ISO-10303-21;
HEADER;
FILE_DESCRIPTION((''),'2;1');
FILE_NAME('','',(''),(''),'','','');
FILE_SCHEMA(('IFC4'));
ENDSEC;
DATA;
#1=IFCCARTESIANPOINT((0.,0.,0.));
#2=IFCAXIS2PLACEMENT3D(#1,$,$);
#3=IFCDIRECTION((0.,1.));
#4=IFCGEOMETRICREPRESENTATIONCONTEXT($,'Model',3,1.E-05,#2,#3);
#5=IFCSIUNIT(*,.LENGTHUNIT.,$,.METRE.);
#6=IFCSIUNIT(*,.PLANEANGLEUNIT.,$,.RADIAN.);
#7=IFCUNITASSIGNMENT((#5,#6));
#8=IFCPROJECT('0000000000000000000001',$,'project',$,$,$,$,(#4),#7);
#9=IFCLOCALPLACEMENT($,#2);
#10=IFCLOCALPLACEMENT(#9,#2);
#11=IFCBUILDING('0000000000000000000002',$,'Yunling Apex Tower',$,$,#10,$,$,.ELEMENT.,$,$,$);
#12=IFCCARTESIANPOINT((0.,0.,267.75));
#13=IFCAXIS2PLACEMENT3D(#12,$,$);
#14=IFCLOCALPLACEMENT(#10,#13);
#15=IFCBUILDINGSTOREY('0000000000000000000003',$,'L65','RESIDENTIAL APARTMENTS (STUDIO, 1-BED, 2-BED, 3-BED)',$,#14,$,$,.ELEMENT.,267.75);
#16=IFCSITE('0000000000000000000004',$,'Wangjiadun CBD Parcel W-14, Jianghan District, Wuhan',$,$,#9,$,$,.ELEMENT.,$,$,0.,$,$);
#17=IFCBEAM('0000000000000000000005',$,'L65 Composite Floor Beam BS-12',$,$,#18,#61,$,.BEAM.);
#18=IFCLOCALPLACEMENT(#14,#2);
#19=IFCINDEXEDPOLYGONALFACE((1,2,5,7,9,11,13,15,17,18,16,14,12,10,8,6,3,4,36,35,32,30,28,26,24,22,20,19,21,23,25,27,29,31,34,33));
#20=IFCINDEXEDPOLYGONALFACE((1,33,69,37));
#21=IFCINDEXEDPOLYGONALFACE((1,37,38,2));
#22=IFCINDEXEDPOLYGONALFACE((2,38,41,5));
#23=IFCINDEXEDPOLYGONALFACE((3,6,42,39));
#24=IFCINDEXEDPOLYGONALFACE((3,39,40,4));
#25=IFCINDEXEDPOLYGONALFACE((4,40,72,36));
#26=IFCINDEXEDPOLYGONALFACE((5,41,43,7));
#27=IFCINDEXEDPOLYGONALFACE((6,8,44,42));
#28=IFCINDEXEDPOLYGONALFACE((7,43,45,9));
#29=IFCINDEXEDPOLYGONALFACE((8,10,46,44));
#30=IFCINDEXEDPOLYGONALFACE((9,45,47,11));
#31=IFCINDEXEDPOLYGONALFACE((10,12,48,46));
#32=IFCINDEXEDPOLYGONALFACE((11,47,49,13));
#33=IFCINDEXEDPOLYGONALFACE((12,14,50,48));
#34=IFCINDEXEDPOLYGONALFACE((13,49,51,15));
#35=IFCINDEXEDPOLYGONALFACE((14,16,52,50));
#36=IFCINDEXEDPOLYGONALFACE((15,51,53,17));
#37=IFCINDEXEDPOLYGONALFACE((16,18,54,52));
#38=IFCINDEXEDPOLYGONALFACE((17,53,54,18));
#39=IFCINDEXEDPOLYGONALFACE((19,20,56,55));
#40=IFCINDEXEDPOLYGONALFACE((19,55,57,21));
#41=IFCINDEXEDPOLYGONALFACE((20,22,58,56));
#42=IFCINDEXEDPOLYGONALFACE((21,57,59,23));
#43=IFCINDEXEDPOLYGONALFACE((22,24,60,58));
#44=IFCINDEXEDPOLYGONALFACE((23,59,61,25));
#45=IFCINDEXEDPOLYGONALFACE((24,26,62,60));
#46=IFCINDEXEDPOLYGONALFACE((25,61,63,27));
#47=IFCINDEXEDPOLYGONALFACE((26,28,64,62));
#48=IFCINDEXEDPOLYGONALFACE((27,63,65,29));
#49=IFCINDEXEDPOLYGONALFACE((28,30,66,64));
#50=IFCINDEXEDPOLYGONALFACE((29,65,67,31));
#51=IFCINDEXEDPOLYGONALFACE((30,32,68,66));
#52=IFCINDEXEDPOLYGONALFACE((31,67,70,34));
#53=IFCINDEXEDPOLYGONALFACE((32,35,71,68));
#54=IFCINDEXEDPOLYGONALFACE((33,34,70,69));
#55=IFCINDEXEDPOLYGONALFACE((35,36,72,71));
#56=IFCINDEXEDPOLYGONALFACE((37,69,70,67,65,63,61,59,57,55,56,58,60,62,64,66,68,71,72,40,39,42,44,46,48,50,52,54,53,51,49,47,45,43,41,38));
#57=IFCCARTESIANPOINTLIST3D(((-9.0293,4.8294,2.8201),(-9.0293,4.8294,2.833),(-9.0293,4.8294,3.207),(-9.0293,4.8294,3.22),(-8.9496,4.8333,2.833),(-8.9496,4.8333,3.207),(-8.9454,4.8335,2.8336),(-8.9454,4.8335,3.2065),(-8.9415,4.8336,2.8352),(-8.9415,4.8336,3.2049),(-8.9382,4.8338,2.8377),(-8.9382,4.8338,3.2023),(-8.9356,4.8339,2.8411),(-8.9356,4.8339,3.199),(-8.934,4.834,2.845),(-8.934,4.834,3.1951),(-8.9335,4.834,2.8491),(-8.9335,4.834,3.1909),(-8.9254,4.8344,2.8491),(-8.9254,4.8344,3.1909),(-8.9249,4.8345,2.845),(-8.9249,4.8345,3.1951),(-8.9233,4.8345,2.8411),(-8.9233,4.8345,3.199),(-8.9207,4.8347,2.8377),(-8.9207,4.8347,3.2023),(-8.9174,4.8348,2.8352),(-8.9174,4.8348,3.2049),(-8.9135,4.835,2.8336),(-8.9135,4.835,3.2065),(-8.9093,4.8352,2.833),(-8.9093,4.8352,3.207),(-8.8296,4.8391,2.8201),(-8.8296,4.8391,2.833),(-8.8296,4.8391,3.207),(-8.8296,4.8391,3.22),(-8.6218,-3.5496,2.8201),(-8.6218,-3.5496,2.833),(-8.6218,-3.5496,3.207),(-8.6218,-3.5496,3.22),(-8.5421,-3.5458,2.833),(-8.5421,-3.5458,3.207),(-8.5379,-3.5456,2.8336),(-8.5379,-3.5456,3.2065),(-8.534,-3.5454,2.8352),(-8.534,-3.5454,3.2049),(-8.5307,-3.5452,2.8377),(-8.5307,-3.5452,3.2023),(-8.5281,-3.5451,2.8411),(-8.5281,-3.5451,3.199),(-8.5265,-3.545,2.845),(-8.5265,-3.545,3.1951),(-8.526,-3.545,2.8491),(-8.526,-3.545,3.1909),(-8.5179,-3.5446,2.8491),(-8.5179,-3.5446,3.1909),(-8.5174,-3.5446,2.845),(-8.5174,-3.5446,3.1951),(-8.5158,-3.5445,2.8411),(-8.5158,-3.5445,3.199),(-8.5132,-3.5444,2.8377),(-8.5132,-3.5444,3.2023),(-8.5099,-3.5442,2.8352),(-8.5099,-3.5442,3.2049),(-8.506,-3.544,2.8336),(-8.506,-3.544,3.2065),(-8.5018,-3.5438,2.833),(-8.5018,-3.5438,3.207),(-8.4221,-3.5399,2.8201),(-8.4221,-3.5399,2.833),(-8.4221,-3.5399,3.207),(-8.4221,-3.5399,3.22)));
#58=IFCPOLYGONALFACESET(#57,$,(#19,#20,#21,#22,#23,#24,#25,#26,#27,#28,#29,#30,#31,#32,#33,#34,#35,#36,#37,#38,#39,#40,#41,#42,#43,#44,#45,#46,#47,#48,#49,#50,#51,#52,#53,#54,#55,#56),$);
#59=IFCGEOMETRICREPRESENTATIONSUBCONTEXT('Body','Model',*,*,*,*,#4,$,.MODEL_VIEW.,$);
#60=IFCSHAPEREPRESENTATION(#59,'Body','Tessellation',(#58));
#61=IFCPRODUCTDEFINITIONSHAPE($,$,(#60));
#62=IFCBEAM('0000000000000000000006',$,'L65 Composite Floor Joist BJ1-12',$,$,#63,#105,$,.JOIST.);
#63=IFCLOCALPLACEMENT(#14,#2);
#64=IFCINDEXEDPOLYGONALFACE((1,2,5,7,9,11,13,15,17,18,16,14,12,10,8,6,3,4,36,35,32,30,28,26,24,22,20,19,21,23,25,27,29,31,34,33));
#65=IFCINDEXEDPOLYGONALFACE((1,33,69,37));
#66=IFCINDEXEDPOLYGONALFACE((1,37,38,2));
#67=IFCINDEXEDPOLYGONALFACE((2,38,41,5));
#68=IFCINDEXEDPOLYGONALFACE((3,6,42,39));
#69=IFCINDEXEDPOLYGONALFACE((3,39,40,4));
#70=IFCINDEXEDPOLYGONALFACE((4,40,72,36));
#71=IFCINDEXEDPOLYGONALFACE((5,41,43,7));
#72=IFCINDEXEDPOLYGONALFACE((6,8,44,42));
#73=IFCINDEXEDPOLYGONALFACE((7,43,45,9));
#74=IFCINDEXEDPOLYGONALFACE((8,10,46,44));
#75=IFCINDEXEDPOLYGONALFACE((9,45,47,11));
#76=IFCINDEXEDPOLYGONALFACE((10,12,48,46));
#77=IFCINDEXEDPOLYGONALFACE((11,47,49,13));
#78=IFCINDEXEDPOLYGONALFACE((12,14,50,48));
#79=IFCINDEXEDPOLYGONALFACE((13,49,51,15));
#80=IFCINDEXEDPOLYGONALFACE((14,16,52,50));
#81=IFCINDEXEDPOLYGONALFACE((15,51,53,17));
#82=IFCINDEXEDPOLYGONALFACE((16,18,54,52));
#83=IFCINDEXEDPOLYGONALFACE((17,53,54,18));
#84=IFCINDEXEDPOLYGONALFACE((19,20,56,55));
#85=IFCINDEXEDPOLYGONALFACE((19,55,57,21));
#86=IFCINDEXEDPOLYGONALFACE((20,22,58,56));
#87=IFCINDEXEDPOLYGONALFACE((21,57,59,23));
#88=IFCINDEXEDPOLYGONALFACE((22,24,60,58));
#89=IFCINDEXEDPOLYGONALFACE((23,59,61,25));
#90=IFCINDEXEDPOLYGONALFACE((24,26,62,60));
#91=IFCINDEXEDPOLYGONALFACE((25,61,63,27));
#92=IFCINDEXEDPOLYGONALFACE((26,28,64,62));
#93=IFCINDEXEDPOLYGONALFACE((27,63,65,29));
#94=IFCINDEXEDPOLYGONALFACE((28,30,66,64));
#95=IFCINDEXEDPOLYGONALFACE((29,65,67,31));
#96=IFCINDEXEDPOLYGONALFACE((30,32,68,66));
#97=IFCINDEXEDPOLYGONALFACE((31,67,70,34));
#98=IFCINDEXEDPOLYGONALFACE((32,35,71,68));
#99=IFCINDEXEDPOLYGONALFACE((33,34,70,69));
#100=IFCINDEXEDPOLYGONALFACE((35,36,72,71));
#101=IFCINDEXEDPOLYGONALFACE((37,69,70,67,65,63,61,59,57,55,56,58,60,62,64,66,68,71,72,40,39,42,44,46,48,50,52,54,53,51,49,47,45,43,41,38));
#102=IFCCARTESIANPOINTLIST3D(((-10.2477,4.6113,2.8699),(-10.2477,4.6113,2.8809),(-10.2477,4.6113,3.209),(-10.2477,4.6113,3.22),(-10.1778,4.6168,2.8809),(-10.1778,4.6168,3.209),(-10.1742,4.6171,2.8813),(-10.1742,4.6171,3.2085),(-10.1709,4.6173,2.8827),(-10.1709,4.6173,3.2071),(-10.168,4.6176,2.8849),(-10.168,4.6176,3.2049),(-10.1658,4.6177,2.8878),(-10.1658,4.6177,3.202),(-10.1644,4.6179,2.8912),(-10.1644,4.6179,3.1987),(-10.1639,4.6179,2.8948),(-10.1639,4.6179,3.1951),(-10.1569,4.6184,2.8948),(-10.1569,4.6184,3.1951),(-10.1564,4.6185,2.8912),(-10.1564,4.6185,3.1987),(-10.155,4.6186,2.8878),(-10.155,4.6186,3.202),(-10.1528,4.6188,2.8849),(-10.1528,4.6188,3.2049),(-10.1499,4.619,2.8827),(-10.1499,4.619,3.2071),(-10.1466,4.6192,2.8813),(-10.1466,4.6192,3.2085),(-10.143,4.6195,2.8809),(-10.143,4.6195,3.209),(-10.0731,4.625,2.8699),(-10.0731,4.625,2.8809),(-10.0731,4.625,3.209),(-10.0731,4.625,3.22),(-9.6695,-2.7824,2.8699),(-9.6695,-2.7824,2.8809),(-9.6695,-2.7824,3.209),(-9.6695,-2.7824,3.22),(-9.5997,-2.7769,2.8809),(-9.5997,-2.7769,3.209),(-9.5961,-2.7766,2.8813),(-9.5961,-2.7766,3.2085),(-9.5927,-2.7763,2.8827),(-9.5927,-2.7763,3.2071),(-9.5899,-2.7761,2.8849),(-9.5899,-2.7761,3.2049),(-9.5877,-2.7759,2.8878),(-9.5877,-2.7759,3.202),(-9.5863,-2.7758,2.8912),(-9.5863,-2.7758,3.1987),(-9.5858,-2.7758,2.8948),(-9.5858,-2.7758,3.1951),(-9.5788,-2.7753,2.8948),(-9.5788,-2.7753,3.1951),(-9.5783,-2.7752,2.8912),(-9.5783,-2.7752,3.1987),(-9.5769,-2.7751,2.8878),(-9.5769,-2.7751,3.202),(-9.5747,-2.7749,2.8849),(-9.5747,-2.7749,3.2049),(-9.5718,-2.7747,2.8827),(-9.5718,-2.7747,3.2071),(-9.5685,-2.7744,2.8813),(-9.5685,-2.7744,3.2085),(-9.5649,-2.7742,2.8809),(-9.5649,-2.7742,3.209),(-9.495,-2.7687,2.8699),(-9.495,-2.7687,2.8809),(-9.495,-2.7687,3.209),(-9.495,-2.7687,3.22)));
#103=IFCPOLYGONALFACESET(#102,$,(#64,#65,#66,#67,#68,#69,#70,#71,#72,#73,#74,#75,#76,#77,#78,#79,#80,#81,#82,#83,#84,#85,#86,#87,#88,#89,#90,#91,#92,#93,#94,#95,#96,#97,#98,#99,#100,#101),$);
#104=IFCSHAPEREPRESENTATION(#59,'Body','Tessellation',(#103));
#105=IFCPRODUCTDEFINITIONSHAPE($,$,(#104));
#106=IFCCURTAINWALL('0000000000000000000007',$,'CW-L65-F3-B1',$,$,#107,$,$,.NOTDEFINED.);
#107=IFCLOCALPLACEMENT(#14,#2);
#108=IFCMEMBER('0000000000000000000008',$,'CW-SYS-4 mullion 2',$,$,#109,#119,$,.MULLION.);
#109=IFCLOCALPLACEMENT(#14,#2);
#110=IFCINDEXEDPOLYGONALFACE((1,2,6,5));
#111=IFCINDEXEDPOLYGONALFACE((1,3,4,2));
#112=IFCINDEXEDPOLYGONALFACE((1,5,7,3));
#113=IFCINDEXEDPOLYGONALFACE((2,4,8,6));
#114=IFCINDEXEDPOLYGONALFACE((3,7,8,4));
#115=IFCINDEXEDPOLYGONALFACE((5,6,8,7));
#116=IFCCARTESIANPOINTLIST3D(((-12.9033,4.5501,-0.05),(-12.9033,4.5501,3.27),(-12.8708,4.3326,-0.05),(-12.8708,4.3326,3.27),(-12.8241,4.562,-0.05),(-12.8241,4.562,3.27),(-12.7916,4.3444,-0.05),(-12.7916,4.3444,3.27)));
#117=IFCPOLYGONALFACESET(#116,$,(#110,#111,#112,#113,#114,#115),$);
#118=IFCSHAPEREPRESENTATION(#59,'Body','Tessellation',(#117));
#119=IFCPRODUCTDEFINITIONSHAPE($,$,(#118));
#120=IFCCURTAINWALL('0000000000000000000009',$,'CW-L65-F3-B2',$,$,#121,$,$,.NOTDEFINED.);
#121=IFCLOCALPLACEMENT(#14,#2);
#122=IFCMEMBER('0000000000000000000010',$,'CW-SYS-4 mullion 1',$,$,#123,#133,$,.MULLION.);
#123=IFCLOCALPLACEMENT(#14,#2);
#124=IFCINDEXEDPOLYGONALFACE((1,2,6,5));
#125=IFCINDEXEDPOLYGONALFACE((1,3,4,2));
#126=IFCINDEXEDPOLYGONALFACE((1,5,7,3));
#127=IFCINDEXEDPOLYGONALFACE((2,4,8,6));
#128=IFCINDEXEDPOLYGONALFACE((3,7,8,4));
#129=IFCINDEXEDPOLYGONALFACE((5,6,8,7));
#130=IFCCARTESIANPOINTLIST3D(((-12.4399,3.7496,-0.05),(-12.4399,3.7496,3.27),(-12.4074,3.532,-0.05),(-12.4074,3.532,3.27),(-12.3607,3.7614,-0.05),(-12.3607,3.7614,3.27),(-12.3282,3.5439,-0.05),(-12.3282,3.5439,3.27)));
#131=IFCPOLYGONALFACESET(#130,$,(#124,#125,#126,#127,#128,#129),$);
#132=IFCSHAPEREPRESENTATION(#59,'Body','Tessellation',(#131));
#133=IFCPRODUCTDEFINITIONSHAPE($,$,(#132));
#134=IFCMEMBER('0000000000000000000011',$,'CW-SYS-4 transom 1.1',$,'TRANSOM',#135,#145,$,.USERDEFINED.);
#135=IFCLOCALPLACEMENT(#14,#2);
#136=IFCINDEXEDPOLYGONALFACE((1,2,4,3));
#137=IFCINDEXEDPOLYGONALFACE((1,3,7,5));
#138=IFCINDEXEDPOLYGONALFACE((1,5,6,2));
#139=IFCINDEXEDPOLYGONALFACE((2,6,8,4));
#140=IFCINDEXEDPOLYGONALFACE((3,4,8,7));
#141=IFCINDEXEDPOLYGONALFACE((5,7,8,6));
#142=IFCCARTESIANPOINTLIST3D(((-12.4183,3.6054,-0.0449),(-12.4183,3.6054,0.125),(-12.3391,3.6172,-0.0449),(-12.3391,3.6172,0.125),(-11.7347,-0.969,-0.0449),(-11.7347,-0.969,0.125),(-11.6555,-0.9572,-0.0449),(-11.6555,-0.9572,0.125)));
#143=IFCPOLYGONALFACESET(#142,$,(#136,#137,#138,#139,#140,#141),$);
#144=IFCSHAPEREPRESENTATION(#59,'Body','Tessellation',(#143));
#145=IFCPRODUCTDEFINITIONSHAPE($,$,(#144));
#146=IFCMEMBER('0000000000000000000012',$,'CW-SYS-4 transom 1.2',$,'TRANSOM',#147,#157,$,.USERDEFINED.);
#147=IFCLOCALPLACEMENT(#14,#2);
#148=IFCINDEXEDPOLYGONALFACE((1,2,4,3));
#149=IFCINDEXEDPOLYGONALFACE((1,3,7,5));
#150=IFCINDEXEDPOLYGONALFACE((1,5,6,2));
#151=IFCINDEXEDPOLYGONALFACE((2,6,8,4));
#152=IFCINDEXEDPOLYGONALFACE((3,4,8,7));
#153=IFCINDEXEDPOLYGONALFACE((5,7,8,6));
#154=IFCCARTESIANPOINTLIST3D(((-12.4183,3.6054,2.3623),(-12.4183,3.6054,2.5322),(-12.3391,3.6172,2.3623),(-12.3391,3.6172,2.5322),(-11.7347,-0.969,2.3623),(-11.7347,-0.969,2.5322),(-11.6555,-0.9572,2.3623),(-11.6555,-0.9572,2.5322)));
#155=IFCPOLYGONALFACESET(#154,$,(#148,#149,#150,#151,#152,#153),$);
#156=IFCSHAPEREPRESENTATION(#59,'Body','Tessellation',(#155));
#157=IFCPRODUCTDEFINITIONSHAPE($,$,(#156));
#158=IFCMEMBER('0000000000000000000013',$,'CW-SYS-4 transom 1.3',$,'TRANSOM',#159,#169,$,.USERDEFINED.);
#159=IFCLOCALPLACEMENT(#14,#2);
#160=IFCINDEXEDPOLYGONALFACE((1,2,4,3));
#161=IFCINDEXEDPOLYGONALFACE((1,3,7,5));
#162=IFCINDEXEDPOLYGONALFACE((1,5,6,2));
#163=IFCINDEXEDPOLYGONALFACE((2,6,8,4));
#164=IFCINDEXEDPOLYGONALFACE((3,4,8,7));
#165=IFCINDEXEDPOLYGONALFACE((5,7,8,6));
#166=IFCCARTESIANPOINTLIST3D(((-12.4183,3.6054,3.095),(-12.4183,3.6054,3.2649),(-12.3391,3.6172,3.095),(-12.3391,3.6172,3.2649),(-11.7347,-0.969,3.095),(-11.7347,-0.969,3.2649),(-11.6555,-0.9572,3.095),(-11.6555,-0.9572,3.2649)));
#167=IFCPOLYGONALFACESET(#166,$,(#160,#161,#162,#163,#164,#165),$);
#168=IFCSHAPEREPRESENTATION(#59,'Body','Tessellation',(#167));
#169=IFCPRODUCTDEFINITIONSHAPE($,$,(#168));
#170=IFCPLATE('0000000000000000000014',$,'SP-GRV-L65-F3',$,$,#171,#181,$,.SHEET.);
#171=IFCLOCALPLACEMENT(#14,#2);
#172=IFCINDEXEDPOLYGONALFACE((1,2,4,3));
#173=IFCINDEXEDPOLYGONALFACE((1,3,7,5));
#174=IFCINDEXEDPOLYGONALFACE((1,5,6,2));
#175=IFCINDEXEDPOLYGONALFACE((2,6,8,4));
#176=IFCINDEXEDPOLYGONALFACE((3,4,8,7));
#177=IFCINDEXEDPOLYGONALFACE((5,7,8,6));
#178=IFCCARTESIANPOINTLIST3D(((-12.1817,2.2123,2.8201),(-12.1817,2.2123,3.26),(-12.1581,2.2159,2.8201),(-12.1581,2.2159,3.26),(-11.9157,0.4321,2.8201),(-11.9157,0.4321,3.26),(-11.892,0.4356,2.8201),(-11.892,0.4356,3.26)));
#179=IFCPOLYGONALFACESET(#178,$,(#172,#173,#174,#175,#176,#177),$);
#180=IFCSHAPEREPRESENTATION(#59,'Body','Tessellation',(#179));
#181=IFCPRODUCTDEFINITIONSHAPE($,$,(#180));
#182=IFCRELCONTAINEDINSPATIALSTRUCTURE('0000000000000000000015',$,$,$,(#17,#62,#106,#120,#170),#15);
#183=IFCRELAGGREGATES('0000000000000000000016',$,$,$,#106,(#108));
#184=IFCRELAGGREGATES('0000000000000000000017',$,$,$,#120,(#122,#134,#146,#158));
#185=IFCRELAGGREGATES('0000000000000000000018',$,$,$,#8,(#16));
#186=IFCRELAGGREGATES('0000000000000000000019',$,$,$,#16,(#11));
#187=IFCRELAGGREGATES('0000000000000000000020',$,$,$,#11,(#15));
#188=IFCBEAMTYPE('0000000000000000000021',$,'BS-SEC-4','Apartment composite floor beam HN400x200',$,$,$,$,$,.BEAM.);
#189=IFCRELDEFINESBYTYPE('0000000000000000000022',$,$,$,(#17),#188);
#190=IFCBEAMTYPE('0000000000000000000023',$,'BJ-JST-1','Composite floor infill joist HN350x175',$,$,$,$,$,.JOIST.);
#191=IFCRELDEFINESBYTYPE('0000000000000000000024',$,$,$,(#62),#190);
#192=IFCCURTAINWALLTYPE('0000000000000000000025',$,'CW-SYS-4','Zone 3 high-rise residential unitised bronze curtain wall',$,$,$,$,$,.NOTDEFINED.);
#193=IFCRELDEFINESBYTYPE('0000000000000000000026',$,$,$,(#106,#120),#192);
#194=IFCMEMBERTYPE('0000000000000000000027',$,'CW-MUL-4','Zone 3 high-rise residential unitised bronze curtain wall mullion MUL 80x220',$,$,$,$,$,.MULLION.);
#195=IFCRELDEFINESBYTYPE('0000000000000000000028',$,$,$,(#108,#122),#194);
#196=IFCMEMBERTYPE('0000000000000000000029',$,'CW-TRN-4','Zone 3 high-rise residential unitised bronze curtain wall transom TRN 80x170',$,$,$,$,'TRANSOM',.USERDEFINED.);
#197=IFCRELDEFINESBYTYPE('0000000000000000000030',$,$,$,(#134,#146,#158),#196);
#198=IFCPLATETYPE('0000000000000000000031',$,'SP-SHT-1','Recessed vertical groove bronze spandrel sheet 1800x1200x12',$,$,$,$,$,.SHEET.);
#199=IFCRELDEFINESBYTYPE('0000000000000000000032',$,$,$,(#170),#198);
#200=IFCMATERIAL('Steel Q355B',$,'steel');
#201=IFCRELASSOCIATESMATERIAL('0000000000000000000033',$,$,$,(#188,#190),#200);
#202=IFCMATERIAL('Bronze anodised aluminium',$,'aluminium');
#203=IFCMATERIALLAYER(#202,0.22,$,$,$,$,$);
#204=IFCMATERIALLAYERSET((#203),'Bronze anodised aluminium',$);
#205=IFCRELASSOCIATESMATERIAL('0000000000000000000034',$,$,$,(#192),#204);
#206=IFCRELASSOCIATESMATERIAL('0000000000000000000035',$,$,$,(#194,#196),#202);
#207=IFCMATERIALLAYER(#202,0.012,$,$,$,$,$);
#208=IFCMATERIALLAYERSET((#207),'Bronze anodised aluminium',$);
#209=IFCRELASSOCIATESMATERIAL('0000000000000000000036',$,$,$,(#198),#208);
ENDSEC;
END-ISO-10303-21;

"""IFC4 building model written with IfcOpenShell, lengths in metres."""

from ifc_helpers import new_model, si_unit, direction, frame, origin, origin_2d, place, context, subcontext, project, spatial, rectangle, i_section, extrude, source, transform, mapped, material, layer, layer_set, material_profile, profile_set, type_object, element, aggregate, save


model = new_model("IFC4")

# Units and contexts
model_context = context("Model", 3, precision=1e-05, world=origin(), true_north=direction((0.0, 1.0)))
body_context = subcontext(model_context, "Body", "Model", "MODEL_VIEW")
ifc_project = project(units=[si_unit("LENGTHUNIT", "METRE"), si_unit("PLANEANGLEUNIT", "RADIAN")], contexts=[model_context])

# Site, building, storey
site_placement = place(None, origin())
site = spatial("IfcSite", under=ifc_project, at=site_placement, Name="Wangjiadun CBD Parcel W-14, Jianghan District, Wuhan", CompositionType="ELEMENT", RefElevation=0.0)
building_placement = place(site_placement, origin())
building = spatial("IfcBuilding", under=site, at=building_placement, Name="Yunling Apex Tower", CompositionType="ELEMENT")
storey_placement = place(building_placement, frame((0.0, 0.0, 267.75)))
storey = spatial("IfcBuildingStorey", under=building, at=storey_placement, Name="L65", Description="RESIDENTIAL APARTMENTS (STUDIO, 1-BED, 2-BED, 3-BED)", CompositionType="ELEMENT", Elevation=267.75)

# Shared definitions
ifc_material_1 = material(Name="Steel Q355B", Category="steel")

# Beams
ifc_material_profile_1 = material_profile(ifc_material_1, i_section(OverallWidth=0.2, OverallDepth=0.3999, WebThickness=0.0081, FlangeThickness=0.0129, FilletRadius=0.0161, at=origin_2d()))
ifc_profile_set_1 = profile_set([ifc_material_profile_1], Name="Steel Q355B")
beam_type_1 = type_object("IfcBeamType", Name="BS-SEC-4", Description="Apartment composite floor beam HN400x200", PredefinedType="BEAM", material=ifc_profile_set_1)
shared_shape_1 = source(origin(), body_context, "Body", "SweptSolid", [
    extrude(i_section(OverallWidth=0.2, OverallDepth=0.3999, WebThickness=0.0081, FlangeThickness=0.0129, FilletRadius=0.0161, at=origin_2d()), origin(), (0.0, 0.0, 1.0), 8.3889),
])
beam_1_placement = place(storey_placement, frame((-8.9294, 4.8342, 3.02), z_axis=(0.048573, -0.99882, 0.0), x_axis=(0.99882, 0.048573, 0.0)))
element("IfcBeam", 1, at=beam_1_placement, inside=storey, type_object=beam_type_1, Name="L65 Composite Floor Beam BS-12", PredefinedType="BEAM", context=body_context, shape_type="MappedRepresentation", body=[
    mapped(shared_shape_1, transform((0.0, 0.0, 0.0), scale=1.0)),
])
ifc_material_profile_2 = material_profile(ifc_material_1, i_section(OverallWidth=0.175, OverallDepth=0.3501, WebThickness=0.0071, FlangeThickness=0.011, FilletRadius=0.0139, at=origin_2d()))
ifc_profile_set_2 = profile_set([ifc_material_profile_2], Name="Steel Q355B")
beam_type_2 = type_object("IfcBeamType", Name="BJ-JST-1", Description="Composite floor infill joist HN350x175", PredefinedType="JOIST", material=ifc_profile_set_2)
shared_shape_2 = source(origin(), body_context, "Body", "SweptSolid", [
    extrude(i_section(OverallWidth=0.175, OverallDepth=0.3501, WebThickness=0.0071, FlangeThickness=0.011, FilletRadius=0.0139, at=origin_2d()), origin(), (0.0, 0.0, 1.0), 7.4163),
])
beam_2_placement = place(storey_placement, frame((-10.1604, 4.6182, 3.0449), z_axis=(0.077953, -0.996957, 0.0), x_axis=(0.996957, 0.077953, 0.0)))
element("IfcBeam", 2, at=beam_2_placement, inside=storey, type_object=beam_type_2, Name="L65 Composite Floor Joist BJ1-12", PredefinedType="JOIST", context=body_context, shape_type="MappedRepresentation", body=[
    mapped(shared_shape_2, transform((0.0, 0.0, 0.0), scale=1.0)),
])

# Curtain wall, member
ifc_material_2 = material(Name="Bronze anodised aluminium", Category="aluminium")
ifc_layer_1 = layer(ifc_material_2, 0.22)
ifc_layer_set_1 = layer_set([ifc_layer_1], Name="Bronze anodised aluminium")
curtain_wall_type = type_object("IfcCurtainWallType", Name="CW-SYS-4", Description="Zone 3 high-rise residential unitised bronze curtain wall", PredefinedType="NOTDEFINED", material=ifc_layer_set_1)
curtain_wall_1_placement = place(storey_placement, origin())
curtain_wall_1 = element("IfcCurtainWall", 3, at=curtain_wall_1_placement, inside=storey, type_object=curtain_wall_type, Name="CW-L65-F3-B1", PredefinedType="NOTDEFINED")
ifc_material_profile_3 = material_profile(ifc_material_2, rectangle(XDim=0.0801, YDim=0.22, at=origin_2d()))
ifc_profile_set_3 = profile_set([ifc_material_profile_3], Name="Bronze anodised aluminium")
member_type_1 = type_object("IfcMemberType", Name="CW-MUL-4", Description="Zone 3 high-rise residential unitised bronze curtain wall mullion MUL 80x220", PredefinedType="MULLION", material=ifc_profile_set_3)
shared_shape_3 = source(origin(), body_context, "Body", "SweptSolid", [
    extrude(rectangle(XDim=0.0801, YDim=0.22, at=origin_2d()), origin(), (0.0, 0.0, 1.0), 3.3201),
])
member_1_placement = place(storey_placement, frame((-12.8474, 4.4473, -0.05), z_axis=(0.0, 0.0, 1.0), x_axis=(0.989016, 0.147807, 0.0)))
member_1 = element("IfcMember", 4, at=member_1_placement, type_object=member_type_1, Name="CW-SYS-4 mullion 2", PredefinedType="MULLION", context=body_context, shape_type="MappedRepresentation", body=[
    mapped(shared_shape_3, transform((0.0, 0.0, 0.0), scale=1.0)),
])
aggregate(curtain_wall_1, [member_1])

# Curtain wall, members
curtain_wall_2_placement = place(storey_placement, origin())
curtain_wall_2 = element("IfcCurtainWall", 5, at=curtain_wall_2_placement, inside=storey, type_object=curtain_wall_type, Name="CW-L65-F3-B2", PredefinedType="NOTDEFINED")
member_2_placement = place(storey_placement, frame((-12.384, 3.6467, -0.05), z_axis=(0.0, 0.0, 1.0), x_axis=(0.989017, 0.147804, 0.0)))
member_2 = element("IfcMember", 6, at=member_2_placement, type_object=member_type_1, Name="CW-SYS-4 mullion 1", PredefinedType="MULLION", context=body_context, shape_type="MappedRepresentation", body=[
    mapped(shared_shape_3, transform((0.0, 0.0, 0.0), scale=1.0)),
])
ifc_material_profile_4 = material_profile(ifc_material_2, rectangle(XDim=0.0801, YDim=0.1699, at=origin_2d()))
ifc_profile_set_4 = profile_set([ifc_material_profile_4], Name="Bronze anodised aluminium")
member_type_2 = type_object("IfcMemberType", Name="CW-TRN-4", Description="Zone 3 high-rise residential unitised bronze curtain wall transom TRN 80x170", ElementType="TRANSOM", PredefinedType="USERDEFINED", material=ifc_profile_set_4)
shared_shape_4 = source(origin(), body_context, "Body", "SweptSolid", [
    extrude(rectangle(XDim=0.0801, YDim=0.1699, at=origin_2d()), origin(), (0.0, 0.0, 1.0), 4.6252),
])
member_3_placement = place(storey_placement, frame((-12.3787, 3.6113, 0.04), z_axis=(0.147796, -0.989018, 0.0), x_axis=(0.989018, 0.147796, 0.0)))
member_3 = element("IfcMember", 7, at=member_3_placement, type_object=member_type_2, Name="CW-SYS-4 transom 1.1", ObjectType="TRANSOM", PredefinedType="USERDEFINED", context=body_context, shape_type="MappedRepresentation", body=[
    mapped(shared_shape_4, transform((0.0, 0.0, 0.0), scale=1.0)),
])
member_4_placement = place(storey_placement, frame((-12.3787, 3.6113, 2.4473), z_axis=(0.147796, -0.989018, 0.0), x_axis=(0.989018, 0.147796, 0.0)))
member_4 = element("IfcMember", 8, at=member_4_placement, type_object=member_type_2, Name="CW-SYS-4 transom 1.2", ObjectType="TRANSOM", PredefinedType="USERDEFINED", context=body_context, shape_type="MappedRepresentation", body=[
    mapped(shared_shape_4, transform((0.0, 0.0, 0.0), scale=1.0)),
])
member_5_placement = place(storey_placement, frame((-12.3787, 3.6113, 3.1799), z_axis=(0.147796, -0.989018, 0.0), x_axis=(0.989018, 0.147796, 0.0)))
member_5 = element("IfcMember", 9, at=member_5_placement, type_object=member_type_2, Name="CW-SYS-4 transom 1.3", ObjectType="TRANSOM", PredefinedType="USERDEFINED", context=body_context, shape_type="MappedRepresentation", body=[
    mapped(shared_shape_4, transform((0.0, 0.0, 0.0), scale=1.0)),
])

# Plate
ifc_layer_2 = layer(ifc_material_2, 0.012)
ifc_layer_set_2 = layer_set([ifc_layer_2], Name="Bronze anodised aluminium")
plate_type_1 = type_object("IfcPlateType", Name="SP-SHT-1", Description="Recessed vertical groove bronze spandrel sheet 1800x1200x12", PredefinedType="SHEET", material=ifc_layer_set_2)
shared_shape_5 = source(origin(), body_context, "Body", "SweptSolid", [
    extrude(rectangle(XDim=1.8, YDim=0.0239, at=origin_2d()), origin(), (0.0, 0.0, 1.0), 0.4399),
])
plate_1_placement = place(storey_placement, frame((-12.0369, 1.324, 2.8201), z_axis=(0.0, 0.0, 1.0), x_axis=(0.147809, -0.989016, 0.0)))
element("IfcPlate", 10, at=plate_1_placement, inside=storey, type_object=plate_type_1, Name="SP-GRV-L65-F3", PredefinedType="SHEET", context=body_context, shape_type="MappedRepresentation", body=[
    mapped(shared_shape_5, transform((0.0, 0.0, 0.0), scale=1.0)),
])
aggregate(curtain_wall_2, [member_2, member_3, member_4, member_5])

save(model, "model.ifc")
